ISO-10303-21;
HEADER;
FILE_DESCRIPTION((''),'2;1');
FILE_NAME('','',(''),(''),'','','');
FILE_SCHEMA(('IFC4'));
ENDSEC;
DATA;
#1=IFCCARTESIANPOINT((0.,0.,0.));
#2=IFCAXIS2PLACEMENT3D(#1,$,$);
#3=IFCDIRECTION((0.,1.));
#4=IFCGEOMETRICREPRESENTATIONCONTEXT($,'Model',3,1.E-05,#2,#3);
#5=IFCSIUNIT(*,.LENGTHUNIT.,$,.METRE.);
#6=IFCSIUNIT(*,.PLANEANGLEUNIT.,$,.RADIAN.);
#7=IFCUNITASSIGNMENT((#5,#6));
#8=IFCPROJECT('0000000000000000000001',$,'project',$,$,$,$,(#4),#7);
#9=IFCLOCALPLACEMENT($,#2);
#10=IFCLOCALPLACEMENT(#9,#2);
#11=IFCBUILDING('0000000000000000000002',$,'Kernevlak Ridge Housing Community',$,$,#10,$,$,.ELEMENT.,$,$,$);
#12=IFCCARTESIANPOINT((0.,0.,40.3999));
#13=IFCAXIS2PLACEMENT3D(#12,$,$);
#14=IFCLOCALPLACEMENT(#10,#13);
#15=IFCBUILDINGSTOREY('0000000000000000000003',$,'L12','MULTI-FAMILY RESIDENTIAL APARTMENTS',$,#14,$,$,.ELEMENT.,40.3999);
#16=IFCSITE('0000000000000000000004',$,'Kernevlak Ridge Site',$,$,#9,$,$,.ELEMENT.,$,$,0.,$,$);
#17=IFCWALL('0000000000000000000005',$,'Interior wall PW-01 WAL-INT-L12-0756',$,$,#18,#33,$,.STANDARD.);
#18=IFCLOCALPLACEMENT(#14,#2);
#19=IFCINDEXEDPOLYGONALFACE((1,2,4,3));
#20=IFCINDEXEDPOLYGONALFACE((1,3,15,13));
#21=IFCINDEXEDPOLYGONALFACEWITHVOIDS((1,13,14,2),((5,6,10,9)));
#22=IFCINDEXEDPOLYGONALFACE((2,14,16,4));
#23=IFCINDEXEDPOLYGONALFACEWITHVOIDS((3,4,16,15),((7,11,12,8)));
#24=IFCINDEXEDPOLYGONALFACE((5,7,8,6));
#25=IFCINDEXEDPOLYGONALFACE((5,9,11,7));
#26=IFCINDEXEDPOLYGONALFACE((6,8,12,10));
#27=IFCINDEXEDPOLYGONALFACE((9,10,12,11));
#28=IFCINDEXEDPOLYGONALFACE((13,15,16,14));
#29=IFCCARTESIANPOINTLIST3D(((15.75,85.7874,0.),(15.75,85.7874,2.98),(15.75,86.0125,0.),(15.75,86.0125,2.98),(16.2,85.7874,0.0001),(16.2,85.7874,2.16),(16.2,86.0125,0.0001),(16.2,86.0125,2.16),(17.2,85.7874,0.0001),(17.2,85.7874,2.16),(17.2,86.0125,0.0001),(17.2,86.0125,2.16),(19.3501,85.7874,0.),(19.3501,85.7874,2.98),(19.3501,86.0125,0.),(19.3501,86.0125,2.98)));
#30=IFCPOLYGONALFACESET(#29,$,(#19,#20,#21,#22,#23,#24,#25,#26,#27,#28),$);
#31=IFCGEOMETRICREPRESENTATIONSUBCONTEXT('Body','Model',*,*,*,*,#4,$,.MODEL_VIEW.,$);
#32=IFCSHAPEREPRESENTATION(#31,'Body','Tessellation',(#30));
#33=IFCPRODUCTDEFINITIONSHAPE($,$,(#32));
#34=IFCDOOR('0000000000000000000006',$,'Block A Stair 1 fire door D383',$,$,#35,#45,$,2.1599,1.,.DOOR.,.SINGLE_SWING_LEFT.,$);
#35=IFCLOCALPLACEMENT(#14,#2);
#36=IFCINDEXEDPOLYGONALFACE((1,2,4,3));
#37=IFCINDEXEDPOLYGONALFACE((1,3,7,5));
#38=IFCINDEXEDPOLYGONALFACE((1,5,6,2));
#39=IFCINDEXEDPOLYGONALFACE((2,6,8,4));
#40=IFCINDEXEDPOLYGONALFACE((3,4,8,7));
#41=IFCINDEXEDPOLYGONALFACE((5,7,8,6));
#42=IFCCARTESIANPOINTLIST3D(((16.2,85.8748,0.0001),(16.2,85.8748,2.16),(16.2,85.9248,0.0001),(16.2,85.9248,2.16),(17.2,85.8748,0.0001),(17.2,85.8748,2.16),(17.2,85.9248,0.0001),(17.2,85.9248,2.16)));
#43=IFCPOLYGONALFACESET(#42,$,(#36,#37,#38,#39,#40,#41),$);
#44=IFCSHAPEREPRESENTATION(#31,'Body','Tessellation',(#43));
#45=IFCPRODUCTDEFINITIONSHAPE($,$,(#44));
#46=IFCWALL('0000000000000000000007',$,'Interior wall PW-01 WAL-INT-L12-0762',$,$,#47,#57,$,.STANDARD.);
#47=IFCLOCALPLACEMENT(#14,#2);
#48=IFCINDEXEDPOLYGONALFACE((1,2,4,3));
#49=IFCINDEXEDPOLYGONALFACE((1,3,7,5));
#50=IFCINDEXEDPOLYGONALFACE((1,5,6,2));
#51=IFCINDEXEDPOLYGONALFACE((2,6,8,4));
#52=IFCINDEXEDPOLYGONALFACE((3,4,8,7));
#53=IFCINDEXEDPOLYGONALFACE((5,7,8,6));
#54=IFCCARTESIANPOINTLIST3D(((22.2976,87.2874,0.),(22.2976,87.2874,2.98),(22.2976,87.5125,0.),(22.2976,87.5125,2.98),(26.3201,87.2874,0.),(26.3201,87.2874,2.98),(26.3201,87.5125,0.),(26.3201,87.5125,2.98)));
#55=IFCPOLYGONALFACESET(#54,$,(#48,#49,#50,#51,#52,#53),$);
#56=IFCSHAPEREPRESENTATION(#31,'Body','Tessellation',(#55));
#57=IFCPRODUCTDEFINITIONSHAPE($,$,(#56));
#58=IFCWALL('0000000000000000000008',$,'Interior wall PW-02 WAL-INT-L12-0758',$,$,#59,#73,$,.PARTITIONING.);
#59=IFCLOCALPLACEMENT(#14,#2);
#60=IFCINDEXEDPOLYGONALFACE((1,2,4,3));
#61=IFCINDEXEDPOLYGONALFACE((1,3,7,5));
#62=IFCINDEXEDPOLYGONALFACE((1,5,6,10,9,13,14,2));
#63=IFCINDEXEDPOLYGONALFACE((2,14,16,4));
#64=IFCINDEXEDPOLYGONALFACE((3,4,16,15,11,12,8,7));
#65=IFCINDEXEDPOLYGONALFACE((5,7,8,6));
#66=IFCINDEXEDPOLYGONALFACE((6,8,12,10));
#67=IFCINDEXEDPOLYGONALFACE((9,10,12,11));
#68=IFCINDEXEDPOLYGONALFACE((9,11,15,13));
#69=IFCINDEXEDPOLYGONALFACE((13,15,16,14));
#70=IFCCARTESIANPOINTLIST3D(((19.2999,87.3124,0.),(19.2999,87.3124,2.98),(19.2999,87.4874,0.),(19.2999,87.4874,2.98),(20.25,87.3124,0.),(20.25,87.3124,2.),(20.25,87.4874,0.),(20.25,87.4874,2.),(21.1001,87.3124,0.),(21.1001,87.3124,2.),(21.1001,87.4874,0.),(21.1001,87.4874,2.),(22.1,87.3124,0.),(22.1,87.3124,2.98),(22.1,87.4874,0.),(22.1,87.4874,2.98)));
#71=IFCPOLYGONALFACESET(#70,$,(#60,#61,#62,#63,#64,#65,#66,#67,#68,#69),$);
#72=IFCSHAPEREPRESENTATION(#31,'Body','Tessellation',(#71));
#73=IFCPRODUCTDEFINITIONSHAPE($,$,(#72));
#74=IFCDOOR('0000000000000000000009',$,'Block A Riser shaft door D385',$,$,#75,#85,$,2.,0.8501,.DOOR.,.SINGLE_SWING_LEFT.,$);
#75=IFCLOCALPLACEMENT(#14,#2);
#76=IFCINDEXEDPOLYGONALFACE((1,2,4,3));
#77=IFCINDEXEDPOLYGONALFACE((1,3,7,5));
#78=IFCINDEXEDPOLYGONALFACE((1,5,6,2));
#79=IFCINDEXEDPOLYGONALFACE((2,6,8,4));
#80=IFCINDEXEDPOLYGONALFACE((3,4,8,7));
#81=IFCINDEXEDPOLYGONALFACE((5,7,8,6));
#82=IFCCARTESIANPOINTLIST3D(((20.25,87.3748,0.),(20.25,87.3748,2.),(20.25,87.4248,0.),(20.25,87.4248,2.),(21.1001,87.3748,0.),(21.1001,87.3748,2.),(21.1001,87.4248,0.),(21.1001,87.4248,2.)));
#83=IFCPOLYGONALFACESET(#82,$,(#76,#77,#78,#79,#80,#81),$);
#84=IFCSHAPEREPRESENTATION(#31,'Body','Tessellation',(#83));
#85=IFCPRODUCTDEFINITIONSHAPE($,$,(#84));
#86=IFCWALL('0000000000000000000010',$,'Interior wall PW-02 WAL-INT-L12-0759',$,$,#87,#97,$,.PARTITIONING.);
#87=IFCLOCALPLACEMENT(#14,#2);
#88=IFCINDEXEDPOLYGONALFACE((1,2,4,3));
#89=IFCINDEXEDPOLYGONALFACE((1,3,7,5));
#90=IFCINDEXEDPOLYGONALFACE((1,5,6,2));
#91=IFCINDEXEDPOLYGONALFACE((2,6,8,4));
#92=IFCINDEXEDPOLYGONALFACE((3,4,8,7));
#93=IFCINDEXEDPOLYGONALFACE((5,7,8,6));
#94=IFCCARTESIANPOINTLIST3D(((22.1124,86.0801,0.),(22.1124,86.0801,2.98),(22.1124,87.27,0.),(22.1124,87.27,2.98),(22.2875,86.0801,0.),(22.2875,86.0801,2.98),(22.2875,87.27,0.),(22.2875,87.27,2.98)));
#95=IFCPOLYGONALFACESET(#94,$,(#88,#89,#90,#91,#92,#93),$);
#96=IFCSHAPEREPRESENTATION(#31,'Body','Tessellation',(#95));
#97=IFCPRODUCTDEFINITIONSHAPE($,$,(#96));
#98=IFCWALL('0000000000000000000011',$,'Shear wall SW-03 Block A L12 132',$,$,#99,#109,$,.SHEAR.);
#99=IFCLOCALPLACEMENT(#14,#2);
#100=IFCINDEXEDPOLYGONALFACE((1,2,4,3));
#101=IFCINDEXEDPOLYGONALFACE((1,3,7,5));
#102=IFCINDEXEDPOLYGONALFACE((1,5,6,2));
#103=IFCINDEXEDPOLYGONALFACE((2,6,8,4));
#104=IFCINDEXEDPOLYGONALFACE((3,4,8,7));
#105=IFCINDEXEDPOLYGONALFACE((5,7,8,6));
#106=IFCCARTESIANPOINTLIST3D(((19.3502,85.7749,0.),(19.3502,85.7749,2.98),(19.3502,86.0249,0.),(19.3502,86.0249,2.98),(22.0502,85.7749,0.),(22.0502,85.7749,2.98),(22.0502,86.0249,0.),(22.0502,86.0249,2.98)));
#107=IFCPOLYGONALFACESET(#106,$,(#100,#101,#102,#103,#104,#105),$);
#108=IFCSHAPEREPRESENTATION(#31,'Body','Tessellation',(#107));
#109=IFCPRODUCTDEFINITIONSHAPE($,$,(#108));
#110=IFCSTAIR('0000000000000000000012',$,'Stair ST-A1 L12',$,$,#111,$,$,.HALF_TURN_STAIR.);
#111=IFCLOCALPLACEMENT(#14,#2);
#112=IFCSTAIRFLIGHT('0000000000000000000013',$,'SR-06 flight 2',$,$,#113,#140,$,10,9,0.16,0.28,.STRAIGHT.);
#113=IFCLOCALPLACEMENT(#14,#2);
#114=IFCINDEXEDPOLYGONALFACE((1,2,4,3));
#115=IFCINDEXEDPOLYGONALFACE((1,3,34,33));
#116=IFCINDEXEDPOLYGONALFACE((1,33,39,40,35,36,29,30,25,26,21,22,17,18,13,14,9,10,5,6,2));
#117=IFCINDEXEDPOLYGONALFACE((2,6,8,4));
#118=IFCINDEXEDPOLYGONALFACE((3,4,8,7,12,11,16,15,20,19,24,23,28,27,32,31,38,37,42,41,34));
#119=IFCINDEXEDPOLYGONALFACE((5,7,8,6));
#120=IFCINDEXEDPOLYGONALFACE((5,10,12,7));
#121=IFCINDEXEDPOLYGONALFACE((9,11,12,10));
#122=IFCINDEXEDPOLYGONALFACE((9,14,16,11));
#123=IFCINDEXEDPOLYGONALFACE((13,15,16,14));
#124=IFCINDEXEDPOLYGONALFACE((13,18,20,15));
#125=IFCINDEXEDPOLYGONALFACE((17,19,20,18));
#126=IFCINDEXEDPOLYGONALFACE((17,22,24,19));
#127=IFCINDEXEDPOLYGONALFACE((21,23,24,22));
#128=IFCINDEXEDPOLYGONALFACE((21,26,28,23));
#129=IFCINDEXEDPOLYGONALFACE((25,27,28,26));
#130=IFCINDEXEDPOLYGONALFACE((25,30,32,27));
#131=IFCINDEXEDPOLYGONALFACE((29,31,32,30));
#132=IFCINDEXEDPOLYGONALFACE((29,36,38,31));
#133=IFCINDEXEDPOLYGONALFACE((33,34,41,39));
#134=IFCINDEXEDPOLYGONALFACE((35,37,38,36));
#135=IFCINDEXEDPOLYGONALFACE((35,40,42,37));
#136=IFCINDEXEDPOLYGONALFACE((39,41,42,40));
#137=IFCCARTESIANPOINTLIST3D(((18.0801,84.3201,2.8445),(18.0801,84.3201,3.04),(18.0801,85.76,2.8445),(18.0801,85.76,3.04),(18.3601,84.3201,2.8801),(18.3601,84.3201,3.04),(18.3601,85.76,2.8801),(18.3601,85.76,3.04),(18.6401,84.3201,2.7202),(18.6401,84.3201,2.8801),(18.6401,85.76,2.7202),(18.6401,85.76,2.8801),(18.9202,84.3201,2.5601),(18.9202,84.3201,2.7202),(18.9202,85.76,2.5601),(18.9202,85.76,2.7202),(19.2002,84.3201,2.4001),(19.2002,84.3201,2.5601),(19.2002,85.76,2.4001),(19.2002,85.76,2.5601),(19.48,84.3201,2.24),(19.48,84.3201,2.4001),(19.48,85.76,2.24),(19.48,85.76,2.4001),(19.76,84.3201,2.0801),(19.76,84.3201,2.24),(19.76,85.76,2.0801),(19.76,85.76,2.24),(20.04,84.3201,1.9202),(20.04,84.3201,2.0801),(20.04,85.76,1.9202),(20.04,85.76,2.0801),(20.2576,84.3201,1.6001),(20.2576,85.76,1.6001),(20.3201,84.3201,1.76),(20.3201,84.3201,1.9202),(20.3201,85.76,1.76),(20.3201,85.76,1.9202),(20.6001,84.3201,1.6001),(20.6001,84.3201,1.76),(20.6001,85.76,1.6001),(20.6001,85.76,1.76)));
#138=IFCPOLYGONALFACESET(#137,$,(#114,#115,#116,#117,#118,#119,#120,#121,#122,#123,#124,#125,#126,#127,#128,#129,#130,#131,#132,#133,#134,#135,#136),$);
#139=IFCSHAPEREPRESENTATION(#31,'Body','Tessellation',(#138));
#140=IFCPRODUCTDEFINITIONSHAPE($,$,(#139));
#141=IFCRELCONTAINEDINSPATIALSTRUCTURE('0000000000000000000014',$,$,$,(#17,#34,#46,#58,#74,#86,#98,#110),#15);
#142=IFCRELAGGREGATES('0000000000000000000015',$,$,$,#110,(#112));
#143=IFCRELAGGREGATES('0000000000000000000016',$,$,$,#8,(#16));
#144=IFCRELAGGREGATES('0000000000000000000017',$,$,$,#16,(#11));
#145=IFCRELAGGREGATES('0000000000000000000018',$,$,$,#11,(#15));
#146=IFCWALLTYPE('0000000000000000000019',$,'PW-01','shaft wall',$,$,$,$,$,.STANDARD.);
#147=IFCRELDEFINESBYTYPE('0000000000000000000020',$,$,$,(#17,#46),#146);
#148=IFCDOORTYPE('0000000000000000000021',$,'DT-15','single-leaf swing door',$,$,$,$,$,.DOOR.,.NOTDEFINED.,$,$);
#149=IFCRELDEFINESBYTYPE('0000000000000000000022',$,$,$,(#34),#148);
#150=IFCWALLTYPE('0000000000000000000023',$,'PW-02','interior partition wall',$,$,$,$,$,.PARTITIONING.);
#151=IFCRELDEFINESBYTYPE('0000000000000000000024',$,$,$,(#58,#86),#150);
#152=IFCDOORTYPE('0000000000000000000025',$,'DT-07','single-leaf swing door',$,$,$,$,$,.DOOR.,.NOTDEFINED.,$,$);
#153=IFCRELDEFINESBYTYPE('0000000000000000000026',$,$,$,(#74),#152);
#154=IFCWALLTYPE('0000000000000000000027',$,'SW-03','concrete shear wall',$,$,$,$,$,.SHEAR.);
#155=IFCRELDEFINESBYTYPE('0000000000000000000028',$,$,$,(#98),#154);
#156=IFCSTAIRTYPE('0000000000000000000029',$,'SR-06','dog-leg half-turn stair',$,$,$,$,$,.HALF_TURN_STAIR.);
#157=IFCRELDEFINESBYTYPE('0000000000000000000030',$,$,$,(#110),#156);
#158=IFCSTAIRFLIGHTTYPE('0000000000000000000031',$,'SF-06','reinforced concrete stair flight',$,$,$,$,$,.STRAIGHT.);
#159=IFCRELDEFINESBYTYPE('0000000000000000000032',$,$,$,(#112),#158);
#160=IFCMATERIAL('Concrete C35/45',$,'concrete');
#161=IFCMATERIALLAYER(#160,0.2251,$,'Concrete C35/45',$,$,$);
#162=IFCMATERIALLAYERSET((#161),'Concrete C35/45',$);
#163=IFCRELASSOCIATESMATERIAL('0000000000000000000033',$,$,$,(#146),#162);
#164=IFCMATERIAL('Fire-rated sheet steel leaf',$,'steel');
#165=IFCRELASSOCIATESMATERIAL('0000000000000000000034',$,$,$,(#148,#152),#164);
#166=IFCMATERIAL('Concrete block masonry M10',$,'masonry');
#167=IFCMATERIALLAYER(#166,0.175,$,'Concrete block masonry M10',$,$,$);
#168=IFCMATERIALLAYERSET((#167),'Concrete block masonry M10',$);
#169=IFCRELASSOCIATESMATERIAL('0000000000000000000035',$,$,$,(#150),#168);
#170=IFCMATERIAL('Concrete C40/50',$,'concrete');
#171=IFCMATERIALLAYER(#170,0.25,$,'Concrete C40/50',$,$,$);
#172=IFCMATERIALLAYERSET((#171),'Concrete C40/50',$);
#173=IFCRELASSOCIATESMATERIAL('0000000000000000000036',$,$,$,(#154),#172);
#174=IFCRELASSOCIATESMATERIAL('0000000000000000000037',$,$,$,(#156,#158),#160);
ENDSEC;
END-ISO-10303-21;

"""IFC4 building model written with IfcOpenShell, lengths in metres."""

from ifc_helpers import new_model, si_unit, direction, frame, frame_2d, origin, place, context, subcontext, project, spatial, polyline, rectangle, outline, extrude, material, layer, layer_set, type_object, element, fill, aggregate, save


model = new_model("IFC4")

# Units and contexts
model_context = context("Model", 3, precision=1e-05, world=origin(), true_north=direction((0.0, 1.0)))
body_context = subcontext(model_context, "Body", "Model", "MODEL_VIEW")
ifc_project = project(units=[si_unit("LENGTHUNIT", "METRE"), si_unit("PLANEANGLEUNIT", "RADIAN")], contexts=[model_context])

# Site, building, storey
site_placement = place(None, origin())
site = spatial("IfcSite", under=ifc_project, at=site_placement, Name="Kernevlak Ridge Site", CompositionType="ELEMENT", RefElevation=0.0)
building_placement = place(site_placement, origin())
building = spatial("IfcBuilding", under=site, at=building_placement, Name="Kernevlak Ridge Housing Community", CompositionType="ELEMENT")
storey_placement = place(building_placement, frame((0.0, 0.0, 40.3999)))
storey = spatial("IfcBuildingStorey", under=building, at=storey_placement, Name="L12", Description="MULTI-FAMILY RESIDENTIAL APARTMENTS", CompositionType="ELEMENT", Elevation=40.3999)

# Shared definitions
ifc_material_1 = material(Name="Concrete C35/45", Category="concrete")

# Wall, opening, door
ifc_layer_1 = layer(ifc_material_1, 0.2251, Name="Concrete C35/45")
ifc_layer_set_1 = layer_set([ifc_layer_1], Name="Concrete C35/45")
wall_type_1 = type_object("IfcWallType", Name="PW-01", Description="shaft wall", PredefinedType="STANDARD", material=ifc_layer_set_1)
wall_1_placement = place(storey_placement, frame((15.75, 85.8999, 0.0), z_axis=(0.0, 0.0, 1.0), x_axis=(1.0, 0.0, 0.0)))
wall_1 = element("IfcWall", 1, at=wall_1_placement, inside=storey, type_object=wall_type_1, Name="Interior wall PW-01 WAL-INT-L12-0756", PredefinedType="STANDARD", context=body_context, shape_type="SweptSolid", body=[
    extrude(rectangle(XDim=3.6001, YDim=0.2251, at=frame_2d((1.8, 0.0))), origin(), (0.0, 0.0, 1.0), 2.98),
])
opening_1_placement = place(wall_1_placement, frame((0.45, 0.0, 0.0)))
opening_1 = element("IfcOpeningElement", 2, at=opening_1_placement, cuts=wall_1, PredefinedType="OPENING", context=body_context, shape_type="SweptSolid", body=[
    extrude(rectangle(XDim=1.0, YDim=2.1599, at=frame_2d((0.5, 1.0801))), frame((0.0, 0.1226, 0.0), z_axis=(0.0, -1.0, 0.0), x_axis=(1.0, 0.0, 0.0)), (0.0, 0.0, 1.0), 0.2451),
])
ifc_material_2 = material(Name="Fire-rated sheet steel leaf", Category="steel")
door_type_1 = type_object("IfcDoorType", Name="DT-15", Description="single-leaf swing door", OperationType="NOTDEFINED", PredefinedType="DOOR", material=ifc_material_2)
door_1_placement = place(opening_1_placement, origin())
door_1 = element("IfcDoor", 3, at=door_1_placement, inside=storey, type_object=door_type_1, Name="Block A Stair 1 fire door D383", OperationType="SINGLE_SWING_LEFT", OverallHeight=2.1599, OverallWidth=1.0, PredefinedType="DOOR", context=body_context, shape_type="SweptSolid", body=[
    extrude(rectangle(XDim=1.0, YDim=2.1599, at=frame_2d((0.5, 1.0801))), frame((0.0, 0.0249, 0.0), z_axis=(0.0, -1.0, 0.0), x_axis=(1.0, 0.0, 0.0)), (0.0, 0.0, 1.0), 0.05),
])
fill(opening_1, door_1)

# Wall
wall_2_placement = place(storey_placement, frame((22.2976, 87.3999, 0.0), z_axis=(0.0, 0.0, 1.0), x_axis=(1.0, 0.0, 0.0)))
element("IfcWall", 4, at=wall_2_placement, inside=storey, type_object=wall_type_1, Name="Interior wall PW-01 WAL-INT-L12-0762", PredefinedType="STANDARD", context=body_context, shape_type="SweptSolid", body=[
    extrude(rectangle(XDim=4.0225, YDim=0.2251, at=frame_2d((2.0112, 0.0))), origin(), (0.0, 0.0, 1.0), 2.98),
])

# Wall, opening, door
ifc_material_3 = material(Name="Concrete block masonry M10", Category="masonry")
ifc_layer_2 = layer(ifc_material_3, 0.175, Name="Concrete block masonry M10")
ifc_layer_set_2 = layer_set([ifc_layer_2], Name="Concrete block masonry M10")
wall_type_2 = type_object("IfcWallType", Name="PW-02", Description="interior partition wall", PredefinedType="PARTITIONING", material=ifc_layer_set_2)
wall_3_placement = place(storey_placement, frame((19.3, 87.3999, 0.0), z_axis=(0.0, 0.0, 1.0), x_axis=(1.0, 0.0, 0.0)))
wall_3 = element("IfcWall", 5, at=wall_3_placement, inside=storey, type_object=wall_type_2, Name="Interior wall PW-02 WAL-INT-L12-0758", PredefinedType="PARTITIONING", context=body_context, shape_type="SweptSolid", body=[
    extrude(rectangle(XDim=2.8, YDim=0.175, at=frame_2d((1.3999, 0.0))), origin(), (0.0, 0.0, 1.0), 2.98),
])
opening_2_placement = place(wall_3_placement, frame((0.95, 0.0, 0.0)))
opening_2 = element("IfcOpeningElement", 6, at=opening_2_placement, cuts=wall_3, PredefinedType="OPENING", context=body_context, shape_type="SweptSolid", body=[
    extrude(rectangle(XDim=0.8501, YDim=2.0, at=frame_2d((0.425, 1.0))), frame((0.0, 0.0974, 0.0), z_axis=(0.0, -1.0, 0.0), x_axis=(1.0, 0.0, 0.0)), (0.0, 0.0, 1.0), 0.1951),
])
door_type_2 = type_object("IfcDoorType", Name="DT-07", Description="single-leaf swing door", OperationType="NOTDEFINED", PredefinedType="DOOR", material=ifc_material_2)
door_2_placement = place(opening_2_placement, origin())
door_2 = element("IfcDoor", 7, at=door_2_placement, inside=storey, type_object=door_type_2, Name="Block A Riser shaft door D385", OperationType="SINGLE_SWING_LEFT", OverallHeight=2.0, OverallWidth=0.8501, PredefinedType="DOOR", context=body_context, shape_type="SweptSolid", body=[
    extrude(rectangle(XDim=0.8501, YDim=2.0, at=frame_2d((0.425, 1.0))), frame((0.0, 0.0249, 0.0), z_axis=(0.0, -1.0, 0.0), x_axis=(1.0, 0.0, 0.0)), (0.0, 0.0, 1.0), 0.05),
])
fill(opening_2, door_2)

# Walls
wall_4_placement = place(storey_placement, frame((22.2, 86.0801, 0.0), z_axis=(0.0, 0.0, 1.0), x_axis=(0.0, 1.0, 0.0)))
element("IfcWall", 8, at=wall_4_placement, inside=storey, type_object=wall_type_2, Name="Interior wall PW-02 WAL-INT-L12-0759", PredefinedType="PARTITIONING", context=body_context, shape_type="SweptSolid", body=[
    extrude(rectangle(XDim=1.1899, YDim=0.175, at=frame_2d((0.595, 0.0))), origin(), (0.0, 0.0, 1.0), 2.98),
])
ifc_material_4 = material(Name="Concrete C40/50", Category="concrete")
ifc_layer_3 = layer(ifc_material_4, 0.25, Name="Concrete C40/50")
ifc_layer_set_3 = layer_set([ifc_layer_3], Name="Concrete C40/50")
wall_type_3 = type_object("IfcWallType", Name="SW-03", Description="concrete shear wall", PredefinedType="SHEAR", material=ifc_layer_set_3)
wall_5_placement = place(storey_placement, frame((19.3501, 85.8999, 0.0), z_axis=(0.0, 0.0, 1.0), x_axis=(1.0, 0.0, 0.0)))
element("IfcWall", 9, at=wall_5_placement, inside=storey, type_object=wall_type_3, Name="Shear wall SW-03 Block A L12 132", PredefinedType="SHEAR", context=body_context, shape_type="SweptSolid", body=[
    extrude(rectangle(XDim=2.7, YDim=0.25, at=frame_2d((1.3501, 0.0))), origin(), (0.0, 0.0, 1.0), 2.98),
])

# Stair, stair flight
stair_type = type_object("IfcStairType", Name="SR-06", Description="dog-leg half-turn stair", PredefinedType="HALF_TURN_STAIR", material=ifc_material_1)
stair_placement = place(storey_placement, origin())
stair = element("IfcStair", 10, at=stair_placement, inside=storey, type_object=stair_type, Name="Stair ST-A1 L12", PredefinedType="HALF_TURN_STAIR")
stair_flight_type = type_object("IfcStairFlightType", Name="SF-06", Description="reinforced concrete stair flight", PredefinedType="STRAIGHT", material=ifc_material_1)
stair_flight_placement = place(storey_placement, frame((20.6001, 85.04, 1.6001), z_axis=(0.0, 0.0, 1.0), x_axis=(-1.0, 0.0, 0.0)))
stair_flight = element("IfcStairFlight", 11, at=stair_flight_placement, type_object=stair_flight_type, Name="SR-06 flight 2", NumberOfRisers=10, NumberOfTreads=9, PredefinedType="STRAIGHT", RiserHeight=0.16, TreadLength=0.28, context=body_context, shape_type="SweptSolid", body=[
    extrude(outline(polyline([(0.0, 0.0), (0.0, 0.1599), (0.28, 0.1599), (0.28, 0.3201), (0.5601, 0.3201), (0.5601, 0.48), (0.8401, 0.48), (0.8401, 0.6399), (1.1201, 0.6399), (1.1201, 0.8), (1.3999, 0.8), (1.3999, 0.96), (1.6799, 0.96), (1.6799, 1.1201), (1.96, 1.1201), (1.96, 1.28), (2.24, 1.28), (2.24, 1.4399), (2.52, 1.4399), (2.52, 1.6001), (2.52, 1.2444), (0.3425, 0.0), (0.0, 0.0)])), frame((0.0, 0.72, 0.0), z_axis=(0.0, -1.0, 0.0), x_axis=(1.0, 0.0, 0.0)), (0.0, 0.0, 1.0), 1.4399),
])
aggregate(stair, [stair_flight])

save(model, "model.ifc")
